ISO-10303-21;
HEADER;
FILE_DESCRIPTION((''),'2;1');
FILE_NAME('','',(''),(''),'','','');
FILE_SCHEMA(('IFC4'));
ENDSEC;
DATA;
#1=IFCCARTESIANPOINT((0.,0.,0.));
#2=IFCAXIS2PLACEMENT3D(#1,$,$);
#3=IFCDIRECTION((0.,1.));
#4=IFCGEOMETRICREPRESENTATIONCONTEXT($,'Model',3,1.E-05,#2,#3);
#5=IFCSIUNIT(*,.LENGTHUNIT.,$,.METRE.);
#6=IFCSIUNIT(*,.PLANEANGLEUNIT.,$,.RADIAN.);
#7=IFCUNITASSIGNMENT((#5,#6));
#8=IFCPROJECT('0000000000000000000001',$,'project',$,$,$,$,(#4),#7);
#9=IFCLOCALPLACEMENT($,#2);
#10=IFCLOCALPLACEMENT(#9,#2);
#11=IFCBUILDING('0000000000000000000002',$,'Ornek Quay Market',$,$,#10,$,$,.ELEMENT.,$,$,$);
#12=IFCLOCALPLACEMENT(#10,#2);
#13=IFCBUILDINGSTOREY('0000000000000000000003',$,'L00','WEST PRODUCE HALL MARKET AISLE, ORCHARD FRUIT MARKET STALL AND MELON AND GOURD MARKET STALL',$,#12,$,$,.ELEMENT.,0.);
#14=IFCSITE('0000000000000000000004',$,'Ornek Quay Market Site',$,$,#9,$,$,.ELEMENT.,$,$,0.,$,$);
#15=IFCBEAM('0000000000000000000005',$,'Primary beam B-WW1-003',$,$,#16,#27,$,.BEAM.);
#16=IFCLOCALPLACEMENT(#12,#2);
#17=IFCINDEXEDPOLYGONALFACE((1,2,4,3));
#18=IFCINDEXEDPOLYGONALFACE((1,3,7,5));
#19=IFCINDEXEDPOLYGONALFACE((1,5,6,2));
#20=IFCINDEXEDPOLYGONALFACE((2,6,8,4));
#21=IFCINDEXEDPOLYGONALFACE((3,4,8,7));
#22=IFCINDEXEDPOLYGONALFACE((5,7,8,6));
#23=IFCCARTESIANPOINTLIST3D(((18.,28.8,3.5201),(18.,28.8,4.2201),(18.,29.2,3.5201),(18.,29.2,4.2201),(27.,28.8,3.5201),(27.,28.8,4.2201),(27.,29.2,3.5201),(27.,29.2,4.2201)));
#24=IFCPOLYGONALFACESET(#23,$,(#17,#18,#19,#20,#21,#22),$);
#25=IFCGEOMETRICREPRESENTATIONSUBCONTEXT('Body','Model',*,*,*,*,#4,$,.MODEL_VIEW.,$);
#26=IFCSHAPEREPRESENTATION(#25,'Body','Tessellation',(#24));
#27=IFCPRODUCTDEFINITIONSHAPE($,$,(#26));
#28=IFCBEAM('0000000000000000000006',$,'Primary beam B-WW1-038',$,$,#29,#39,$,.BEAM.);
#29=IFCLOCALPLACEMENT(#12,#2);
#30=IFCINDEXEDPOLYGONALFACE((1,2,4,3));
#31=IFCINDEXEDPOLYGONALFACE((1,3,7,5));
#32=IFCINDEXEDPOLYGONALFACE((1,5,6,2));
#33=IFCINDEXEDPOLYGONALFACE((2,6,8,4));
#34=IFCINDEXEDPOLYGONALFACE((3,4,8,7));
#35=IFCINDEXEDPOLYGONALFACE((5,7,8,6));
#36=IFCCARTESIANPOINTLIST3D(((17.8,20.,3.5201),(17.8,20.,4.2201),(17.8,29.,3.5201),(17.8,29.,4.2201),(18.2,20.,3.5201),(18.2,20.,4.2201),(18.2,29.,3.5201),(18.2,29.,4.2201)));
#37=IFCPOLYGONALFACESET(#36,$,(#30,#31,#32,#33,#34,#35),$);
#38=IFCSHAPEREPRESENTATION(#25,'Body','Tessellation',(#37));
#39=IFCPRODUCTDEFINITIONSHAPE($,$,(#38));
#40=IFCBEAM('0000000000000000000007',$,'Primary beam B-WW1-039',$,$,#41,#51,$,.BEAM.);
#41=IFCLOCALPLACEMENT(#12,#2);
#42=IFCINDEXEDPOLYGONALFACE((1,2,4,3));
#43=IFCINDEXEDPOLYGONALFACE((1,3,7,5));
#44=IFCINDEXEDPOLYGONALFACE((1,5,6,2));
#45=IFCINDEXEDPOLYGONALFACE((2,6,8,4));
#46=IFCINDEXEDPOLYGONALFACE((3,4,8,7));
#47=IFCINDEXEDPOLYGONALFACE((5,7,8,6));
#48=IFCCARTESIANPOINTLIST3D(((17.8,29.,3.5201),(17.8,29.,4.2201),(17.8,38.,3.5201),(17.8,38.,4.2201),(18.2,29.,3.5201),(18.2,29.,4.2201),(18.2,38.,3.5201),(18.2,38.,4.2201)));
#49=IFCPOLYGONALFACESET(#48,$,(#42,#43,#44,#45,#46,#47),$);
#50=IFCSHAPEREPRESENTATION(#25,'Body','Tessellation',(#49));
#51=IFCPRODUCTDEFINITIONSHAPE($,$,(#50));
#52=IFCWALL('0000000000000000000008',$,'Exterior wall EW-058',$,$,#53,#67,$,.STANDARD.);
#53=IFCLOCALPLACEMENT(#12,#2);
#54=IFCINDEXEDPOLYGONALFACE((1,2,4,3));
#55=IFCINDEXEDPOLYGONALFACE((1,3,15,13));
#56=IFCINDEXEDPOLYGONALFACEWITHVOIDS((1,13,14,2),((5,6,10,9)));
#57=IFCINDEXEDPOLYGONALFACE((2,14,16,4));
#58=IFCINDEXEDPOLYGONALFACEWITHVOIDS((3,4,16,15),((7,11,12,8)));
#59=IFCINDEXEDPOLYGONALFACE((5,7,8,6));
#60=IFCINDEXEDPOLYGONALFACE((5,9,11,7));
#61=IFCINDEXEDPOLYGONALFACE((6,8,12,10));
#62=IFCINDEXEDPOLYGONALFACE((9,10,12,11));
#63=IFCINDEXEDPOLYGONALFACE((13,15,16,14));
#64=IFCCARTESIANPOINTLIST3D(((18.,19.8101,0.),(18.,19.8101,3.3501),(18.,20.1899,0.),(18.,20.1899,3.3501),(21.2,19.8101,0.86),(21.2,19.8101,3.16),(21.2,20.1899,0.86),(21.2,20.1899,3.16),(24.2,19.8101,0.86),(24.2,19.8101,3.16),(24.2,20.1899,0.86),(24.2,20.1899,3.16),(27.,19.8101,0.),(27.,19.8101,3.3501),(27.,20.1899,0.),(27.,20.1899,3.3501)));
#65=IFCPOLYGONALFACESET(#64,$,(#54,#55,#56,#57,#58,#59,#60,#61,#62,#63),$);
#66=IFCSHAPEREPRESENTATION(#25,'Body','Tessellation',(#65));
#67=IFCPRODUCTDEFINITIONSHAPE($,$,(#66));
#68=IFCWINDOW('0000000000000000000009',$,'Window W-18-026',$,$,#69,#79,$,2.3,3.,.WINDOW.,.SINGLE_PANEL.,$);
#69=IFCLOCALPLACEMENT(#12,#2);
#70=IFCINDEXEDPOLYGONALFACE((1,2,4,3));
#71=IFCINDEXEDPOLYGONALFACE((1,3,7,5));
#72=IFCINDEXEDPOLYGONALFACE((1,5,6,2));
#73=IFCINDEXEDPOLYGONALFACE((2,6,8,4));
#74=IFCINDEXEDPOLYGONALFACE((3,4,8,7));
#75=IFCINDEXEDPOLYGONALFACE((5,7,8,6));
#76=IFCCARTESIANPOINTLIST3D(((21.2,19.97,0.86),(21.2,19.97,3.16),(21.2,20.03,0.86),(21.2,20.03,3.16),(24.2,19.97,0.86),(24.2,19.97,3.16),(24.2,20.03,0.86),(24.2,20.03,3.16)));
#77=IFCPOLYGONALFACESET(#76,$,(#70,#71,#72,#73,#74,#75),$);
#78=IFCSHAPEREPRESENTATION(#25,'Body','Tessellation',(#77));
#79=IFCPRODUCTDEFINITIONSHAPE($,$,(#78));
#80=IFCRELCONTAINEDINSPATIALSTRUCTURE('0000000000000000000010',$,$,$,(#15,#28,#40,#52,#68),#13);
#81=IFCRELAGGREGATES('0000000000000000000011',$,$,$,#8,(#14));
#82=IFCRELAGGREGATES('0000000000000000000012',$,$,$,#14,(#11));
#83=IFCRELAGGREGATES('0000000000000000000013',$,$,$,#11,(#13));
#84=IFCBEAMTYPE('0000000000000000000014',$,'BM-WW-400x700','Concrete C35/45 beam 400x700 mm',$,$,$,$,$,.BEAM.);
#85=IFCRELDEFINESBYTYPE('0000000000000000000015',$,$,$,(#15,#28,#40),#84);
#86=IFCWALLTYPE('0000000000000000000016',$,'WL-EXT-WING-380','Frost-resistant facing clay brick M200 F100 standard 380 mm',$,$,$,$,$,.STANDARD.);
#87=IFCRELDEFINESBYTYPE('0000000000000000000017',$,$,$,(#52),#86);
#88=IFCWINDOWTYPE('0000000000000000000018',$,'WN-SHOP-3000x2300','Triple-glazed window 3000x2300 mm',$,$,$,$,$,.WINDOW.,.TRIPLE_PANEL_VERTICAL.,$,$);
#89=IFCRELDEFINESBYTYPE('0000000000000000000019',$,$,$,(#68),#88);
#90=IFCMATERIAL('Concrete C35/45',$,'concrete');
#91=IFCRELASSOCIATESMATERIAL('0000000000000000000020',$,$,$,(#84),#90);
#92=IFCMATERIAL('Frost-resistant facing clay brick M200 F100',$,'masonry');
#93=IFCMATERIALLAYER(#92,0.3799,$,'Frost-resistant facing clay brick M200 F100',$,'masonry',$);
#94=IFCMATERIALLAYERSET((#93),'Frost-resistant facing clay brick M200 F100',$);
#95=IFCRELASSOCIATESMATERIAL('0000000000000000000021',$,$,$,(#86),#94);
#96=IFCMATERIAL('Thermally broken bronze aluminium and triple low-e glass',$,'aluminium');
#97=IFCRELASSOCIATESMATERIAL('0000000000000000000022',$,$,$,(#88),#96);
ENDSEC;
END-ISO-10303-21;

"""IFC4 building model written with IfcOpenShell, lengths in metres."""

from ifc_helpers import new_model, si_unit, direction, frame, frame_2d, origin, origin_2d, place, context, subcontext, project, spatial, rectangle, extrude, material, layer, layer_set, material_profile, profile_set, type_object, element, fill, save


model = new_model("IFC4")

# Units and contexts
model_context = context("Model", 3, precision=1e-05, world=origin(), true_north=direction((0.0, 1.0)))
body_context = subcontext(model_context, "Body", "Model", "MODEL_VIEW")
ifc_project = project(units=[si_unit("LENGTHUNIT", "METRE"), si_unit("PLANEANGLEUNIT", "RADIAN")], contexts=[model_context])

# Site, building, storey
site_placement = place(None, origin())
site = spatial("IfcSite", under=ifc_project, at=site_placement, Name="Ornek Quay Market Site", CompositionType="ELEMENT", RefElevation=0.0)
building_placement = place(site_placement, origin())
building = spatial("IfcBuilding", under=site, at=building_placement, Name="Ornek Quay Market", CompositionType="ELEMENT")
storey_placement = place(building_placement, origin())
storey = spatial("IfcBuildingStorey", under=building, at=storey_placement, Name="L00", Description="WEST PRODUCE HALL MARKET AISLE, ORCHARD FRUIT MARKET STALL AND MELON AND GOURD MARKET STALL", CompositionType="ELEMENT", Elevation=0.0)

# Shared definitions
ifc_material_1 = material(Name="Concrete C35/45", Category="concrete")

# Beams
ifc_material_profile_1 = material_profile(ifc_material_1, rectangle(XDim=0.3999, YDim=0.7, at=origin_2d()), Name="RC 400x700", Category="concrete")
ifc_profile_set_1 = profile_set([ifc_material_profile_1], Name="Concrete C35/45")
beam_type_1 = type_object("IfcBeamType", Name="BM-WW-400x700", Description="Concrete C35/45 beam 400x700 mm", PredefinedType="BEAM", material=ifc_profile_set_1)
for number, where, z_axis, x_axis, name in (
    (1, (18.0, 29.0, 3.8701), (1.0, 0.0, 0.0), (0.0, 1.0, 0.0), "Primary beam B-WW1-003"),
    (2, (18.0, 20.0, 3.8701), (0.0, 1.0, 0.0), (-1.0, 0.0, 0.0), "Primary beam B-WW1-038"),
    (3, (18.0, 29.0, 3.8701), (0.0, 1.0, 0.0), (-1.0, 0.0, 0.0), "Primary beam B-WW1-039"),
):
    element("IfcBeam", number, at=place(storey_placement, frame(where, z_axis=z_axis, x_axis=x_axis)), inside=storey, type_object=beam_type_1, Name=name, PredefinedType="BEAM", context=body_context, shape_type="SweptSolid", body=[
        extrude(rectangle(XDim=0.3999, YDim=0.7, at=origin_2d()), origin(), (0.0, 0.0, 1.0), 9.0),
    ])

# Wall, opening, window
ifc_material_2 = material(Name="Frost-resistant facing clay brick M200 F100", Category="masonry")
ifc_layer_1 = layer(ifc_material_2, 0.3799, Name="Frost-resistant facing clay brick M200 F100", Category="masonry")
ifc_layer_set_1 = layer_set([ifc_layer_1], Name="Frost-resistant facing clay brick M200 F100")
wall_type = type_object("IfcWallType", Name="WL-EXT-WING-380", Description="Frost-resistant facing clay brick M200 F100 standard 380 mm", PredefinedType="STANDARD", material=ifc_layer_set_1)
wall_placement = place(storey_placement, frame((18.0, 20.0, 0.0), z_axis=(0.0, 0.0, 1.0), x_axis=(1.0, 0.0, 0.0)))
wall = element("IfcWall", 4, at=wall_placement, inside=storey, type_object=wall_type, Name="Exterior wall EW-058", PredefinedType="STANDARD", context=body_context, shape_type="SweptSolid", body=[
    extrude(rectangle(XDim=9.0, YDim=0.3799, at=frame_2d((4.5, 0.0))), origin(), (0.0, 0.0, 1.0), 3.3501),
])
opening_placement = place(wall_placement, frame((3.2, 0.0, 0.8601)))
opening = element("IfcOpeningElement", 5, at=opening_placement, cuts=wall, PredefinedType="OPENING", context=body_context, shape_type="SweptSolid", body=[
    extrude(rectangle(XDim=3.0, YDim=2.3, at=frame_2d((1.5, 1.1499))), frame((0.0, 0.2, 0.0), z_axis=(0.0, -1.0, 0.0), x_axis=(1.0, 0.0, 0.0)), (0.0, 0.0, 1.0), 0.3999),
])
ifc_material_3 = material(Name="Thermally broken bronze aluminium and triple low-e glass", Category="aluminium")
window_type = type_object("IfcWindowType", Name="WN-SHOP-3000x2300", Description="Triple-glazed window 3000x2300 mm", PartitioningType="TRIPLE_PANEL_VERTICAL", PredefinedType="WINDOW", material=ifc_material_3)
window_placement = place(opening_placement, origin())
window = element("IfcWindow", 6, at=window_placement, inside=storey, type_object=window_type, Name="Window W-18-026", OverallHeight=2.3, OverallWidth=3.0, PartitioningType="SINGLE_PANEL", PredefinedType="WINDOW", context=body_context, shape_type="SweptSolid", body=[
    extrude(rectangle(XDim=3.0, YDim=2.3, at=frame_2d((1.5, 1.1499))), frame((0.0, 0.03, 0.0), z_axis=(0.0, -1.0, 0.0), x_axis=(1.0, 0.0, 0.0)), (0.0, 0.0, 1.0), 0.0601),
])
fill(opening, window)

save(model, "model.ifc")
